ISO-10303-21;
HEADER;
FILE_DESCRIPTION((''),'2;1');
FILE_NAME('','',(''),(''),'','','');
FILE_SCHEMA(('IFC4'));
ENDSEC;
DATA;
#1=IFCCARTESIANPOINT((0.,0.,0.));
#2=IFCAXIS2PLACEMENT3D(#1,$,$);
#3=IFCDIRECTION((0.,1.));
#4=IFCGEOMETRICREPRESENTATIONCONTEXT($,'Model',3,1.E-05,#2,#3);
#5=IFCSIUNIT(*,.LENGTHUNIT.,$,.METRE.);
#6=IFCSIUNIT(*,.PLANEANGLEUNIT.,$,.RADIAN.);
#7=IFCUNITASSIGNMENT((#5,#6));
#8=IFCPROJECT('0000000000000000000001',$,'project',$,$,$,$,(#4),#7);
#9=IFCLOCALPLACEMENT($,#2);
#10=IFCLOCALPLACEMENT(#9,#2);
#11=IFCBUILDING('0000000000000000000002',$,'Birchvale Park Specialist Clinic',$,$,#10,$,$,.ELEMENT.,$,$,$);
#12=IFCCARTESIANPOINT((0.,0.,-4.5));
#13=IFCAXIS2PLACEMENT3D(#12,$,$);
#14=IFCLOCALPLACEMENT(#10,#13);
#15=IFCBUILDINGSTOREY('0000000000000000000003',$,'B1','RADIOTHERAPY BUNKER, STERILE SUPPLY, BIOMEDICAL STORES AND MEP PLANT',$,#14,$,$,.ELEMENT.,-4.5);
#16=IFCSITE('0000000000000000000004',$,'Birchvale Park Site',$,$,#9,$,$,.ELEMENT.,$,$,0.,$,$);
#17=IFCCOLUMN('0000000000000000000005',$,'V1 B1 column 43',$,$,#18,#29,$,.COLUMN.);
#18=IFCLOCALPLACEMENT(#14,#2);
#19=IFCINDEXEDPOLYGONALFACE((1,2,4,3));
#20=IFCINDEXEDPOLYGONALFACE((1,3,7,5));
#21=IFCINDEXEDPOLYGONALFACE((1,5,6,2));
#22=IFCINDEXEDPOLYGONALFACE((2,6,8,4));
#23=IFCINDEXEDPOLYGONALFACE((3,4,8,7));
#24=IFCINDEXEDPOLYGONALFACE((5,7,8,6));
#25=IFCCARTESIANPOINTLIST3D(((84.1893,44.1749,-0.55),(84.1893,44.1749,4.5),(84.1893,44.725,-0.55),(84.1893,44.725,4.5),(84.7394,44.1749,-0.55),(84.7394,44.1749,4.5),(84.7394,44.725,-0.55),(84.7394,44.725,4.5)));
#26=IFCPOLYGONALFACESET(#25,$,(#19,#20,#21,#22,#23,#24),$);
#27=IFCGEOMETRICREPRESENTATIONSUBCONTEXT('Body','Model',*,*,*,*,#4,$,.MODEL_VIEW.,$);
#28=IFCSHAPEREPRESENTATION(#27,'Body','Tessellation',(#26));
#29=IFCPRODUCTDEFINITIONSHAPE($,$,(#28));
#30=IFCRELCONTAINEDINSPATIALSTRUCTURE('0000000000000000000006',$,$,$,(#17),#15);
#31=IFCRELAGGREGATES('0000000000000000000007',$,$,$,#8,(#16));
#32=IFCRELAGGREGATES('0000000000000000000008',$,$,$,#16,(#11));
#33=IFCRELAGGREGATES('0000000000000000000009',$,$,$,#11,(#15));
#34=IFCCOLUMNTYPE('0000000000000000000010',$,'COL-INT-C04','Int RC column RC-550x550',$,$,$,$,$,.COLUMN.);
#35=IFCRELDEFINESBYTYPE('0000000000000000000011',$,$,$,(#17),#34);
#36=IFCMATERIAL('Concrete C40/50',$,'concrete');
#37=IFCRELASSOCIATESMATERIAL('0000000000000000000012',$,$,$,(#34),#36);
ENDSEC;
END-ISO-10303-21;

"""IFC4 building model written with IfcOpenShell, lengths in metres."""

from ifc_helpers import new_model, si_unit, direction, frame, origin, origin_2d, place, context, subcontext, project, spatial, rectangle, extrude, material, material_profile, profile_set, type_object, element, save


model = new_model("IFC4")

# Units and contexts
model_context = context("Model", 3, precision=1e-05, world=origin(), true_north=direction((0.0, 1.0)))
body_context = subcontext(model_context, "Body", "Model", "MODEL_VIEW")
ifc_project = project(units=[si_unit("LENGTHUNIT", "METRE"), si_unit("PLANEANGLEUNIT", "RADIAN")], contexts=[model_context])

# Site, building, storey
site_placement = place(None, origin())
site = spatial("IfcSite", under=ifc_project, at=site_placement, Name="Birchvale Park Site", CompositionType="ELEMENT", RefElevation=0.0)
building_placement = place(site_placement, origin())
building = spatial("IfcBuilding", under=site, at=building_placement, Name="Birchvale Park Specialist Clinic", CompositionType="ELEMENT")
storey_placement = place(building_placement, frame((0.0, 0.0, -4.5)))
storey = spatial("IfcBuildingStorey", under=building, at=storey_placement, Name="B1", Description="RADIOTHERAPY BUNKER, STERILE SUPPLY, BIOMEDICAL STORES AND MEP PLANT", CompositionType="ELEMENT", Elevation=-4.5)

# Shared definitions
ifc_material = material(Name="Concrete C40/50", Category="concrete")

# Column
ifc_material_profile_1 = material_profile(ifc_material, rectangle(XDim=0.55, YDim=0.55, at=origin_2d()), Name="RC-550x550")
ifc_profile_set_1 = profile_set([ifc_material_profile_1], Name="Concrete C40/50")
column_type_1 = type_object("IfcColumnType", Name="COL-INT-C04", Description="Int RC column RC-550x550", PredefinedType="COLUMN", material=ifc_profile_set_1)
column_placement = place(storey_placement, frame((84.4644, 44.45, -0.55), z_axis=(0.0, 0.0, 1.0), x_axis=(1.0, 0.0, 0.0)))
element("IfcColumn", 1, at=column_placement, inside=storey, type_object=column_type_1, Name="V1 B1 column 43", PredefinedType="COLUMN", context=body_context, shape_type="SweptSolid", body=[
    extrude(rectangle(XDim=0.55, YDim=0.55, at=origin_2d()), origin(), (0.0, 0.0, 1.0), 5.05),
])

save(model, "model.ifc")
